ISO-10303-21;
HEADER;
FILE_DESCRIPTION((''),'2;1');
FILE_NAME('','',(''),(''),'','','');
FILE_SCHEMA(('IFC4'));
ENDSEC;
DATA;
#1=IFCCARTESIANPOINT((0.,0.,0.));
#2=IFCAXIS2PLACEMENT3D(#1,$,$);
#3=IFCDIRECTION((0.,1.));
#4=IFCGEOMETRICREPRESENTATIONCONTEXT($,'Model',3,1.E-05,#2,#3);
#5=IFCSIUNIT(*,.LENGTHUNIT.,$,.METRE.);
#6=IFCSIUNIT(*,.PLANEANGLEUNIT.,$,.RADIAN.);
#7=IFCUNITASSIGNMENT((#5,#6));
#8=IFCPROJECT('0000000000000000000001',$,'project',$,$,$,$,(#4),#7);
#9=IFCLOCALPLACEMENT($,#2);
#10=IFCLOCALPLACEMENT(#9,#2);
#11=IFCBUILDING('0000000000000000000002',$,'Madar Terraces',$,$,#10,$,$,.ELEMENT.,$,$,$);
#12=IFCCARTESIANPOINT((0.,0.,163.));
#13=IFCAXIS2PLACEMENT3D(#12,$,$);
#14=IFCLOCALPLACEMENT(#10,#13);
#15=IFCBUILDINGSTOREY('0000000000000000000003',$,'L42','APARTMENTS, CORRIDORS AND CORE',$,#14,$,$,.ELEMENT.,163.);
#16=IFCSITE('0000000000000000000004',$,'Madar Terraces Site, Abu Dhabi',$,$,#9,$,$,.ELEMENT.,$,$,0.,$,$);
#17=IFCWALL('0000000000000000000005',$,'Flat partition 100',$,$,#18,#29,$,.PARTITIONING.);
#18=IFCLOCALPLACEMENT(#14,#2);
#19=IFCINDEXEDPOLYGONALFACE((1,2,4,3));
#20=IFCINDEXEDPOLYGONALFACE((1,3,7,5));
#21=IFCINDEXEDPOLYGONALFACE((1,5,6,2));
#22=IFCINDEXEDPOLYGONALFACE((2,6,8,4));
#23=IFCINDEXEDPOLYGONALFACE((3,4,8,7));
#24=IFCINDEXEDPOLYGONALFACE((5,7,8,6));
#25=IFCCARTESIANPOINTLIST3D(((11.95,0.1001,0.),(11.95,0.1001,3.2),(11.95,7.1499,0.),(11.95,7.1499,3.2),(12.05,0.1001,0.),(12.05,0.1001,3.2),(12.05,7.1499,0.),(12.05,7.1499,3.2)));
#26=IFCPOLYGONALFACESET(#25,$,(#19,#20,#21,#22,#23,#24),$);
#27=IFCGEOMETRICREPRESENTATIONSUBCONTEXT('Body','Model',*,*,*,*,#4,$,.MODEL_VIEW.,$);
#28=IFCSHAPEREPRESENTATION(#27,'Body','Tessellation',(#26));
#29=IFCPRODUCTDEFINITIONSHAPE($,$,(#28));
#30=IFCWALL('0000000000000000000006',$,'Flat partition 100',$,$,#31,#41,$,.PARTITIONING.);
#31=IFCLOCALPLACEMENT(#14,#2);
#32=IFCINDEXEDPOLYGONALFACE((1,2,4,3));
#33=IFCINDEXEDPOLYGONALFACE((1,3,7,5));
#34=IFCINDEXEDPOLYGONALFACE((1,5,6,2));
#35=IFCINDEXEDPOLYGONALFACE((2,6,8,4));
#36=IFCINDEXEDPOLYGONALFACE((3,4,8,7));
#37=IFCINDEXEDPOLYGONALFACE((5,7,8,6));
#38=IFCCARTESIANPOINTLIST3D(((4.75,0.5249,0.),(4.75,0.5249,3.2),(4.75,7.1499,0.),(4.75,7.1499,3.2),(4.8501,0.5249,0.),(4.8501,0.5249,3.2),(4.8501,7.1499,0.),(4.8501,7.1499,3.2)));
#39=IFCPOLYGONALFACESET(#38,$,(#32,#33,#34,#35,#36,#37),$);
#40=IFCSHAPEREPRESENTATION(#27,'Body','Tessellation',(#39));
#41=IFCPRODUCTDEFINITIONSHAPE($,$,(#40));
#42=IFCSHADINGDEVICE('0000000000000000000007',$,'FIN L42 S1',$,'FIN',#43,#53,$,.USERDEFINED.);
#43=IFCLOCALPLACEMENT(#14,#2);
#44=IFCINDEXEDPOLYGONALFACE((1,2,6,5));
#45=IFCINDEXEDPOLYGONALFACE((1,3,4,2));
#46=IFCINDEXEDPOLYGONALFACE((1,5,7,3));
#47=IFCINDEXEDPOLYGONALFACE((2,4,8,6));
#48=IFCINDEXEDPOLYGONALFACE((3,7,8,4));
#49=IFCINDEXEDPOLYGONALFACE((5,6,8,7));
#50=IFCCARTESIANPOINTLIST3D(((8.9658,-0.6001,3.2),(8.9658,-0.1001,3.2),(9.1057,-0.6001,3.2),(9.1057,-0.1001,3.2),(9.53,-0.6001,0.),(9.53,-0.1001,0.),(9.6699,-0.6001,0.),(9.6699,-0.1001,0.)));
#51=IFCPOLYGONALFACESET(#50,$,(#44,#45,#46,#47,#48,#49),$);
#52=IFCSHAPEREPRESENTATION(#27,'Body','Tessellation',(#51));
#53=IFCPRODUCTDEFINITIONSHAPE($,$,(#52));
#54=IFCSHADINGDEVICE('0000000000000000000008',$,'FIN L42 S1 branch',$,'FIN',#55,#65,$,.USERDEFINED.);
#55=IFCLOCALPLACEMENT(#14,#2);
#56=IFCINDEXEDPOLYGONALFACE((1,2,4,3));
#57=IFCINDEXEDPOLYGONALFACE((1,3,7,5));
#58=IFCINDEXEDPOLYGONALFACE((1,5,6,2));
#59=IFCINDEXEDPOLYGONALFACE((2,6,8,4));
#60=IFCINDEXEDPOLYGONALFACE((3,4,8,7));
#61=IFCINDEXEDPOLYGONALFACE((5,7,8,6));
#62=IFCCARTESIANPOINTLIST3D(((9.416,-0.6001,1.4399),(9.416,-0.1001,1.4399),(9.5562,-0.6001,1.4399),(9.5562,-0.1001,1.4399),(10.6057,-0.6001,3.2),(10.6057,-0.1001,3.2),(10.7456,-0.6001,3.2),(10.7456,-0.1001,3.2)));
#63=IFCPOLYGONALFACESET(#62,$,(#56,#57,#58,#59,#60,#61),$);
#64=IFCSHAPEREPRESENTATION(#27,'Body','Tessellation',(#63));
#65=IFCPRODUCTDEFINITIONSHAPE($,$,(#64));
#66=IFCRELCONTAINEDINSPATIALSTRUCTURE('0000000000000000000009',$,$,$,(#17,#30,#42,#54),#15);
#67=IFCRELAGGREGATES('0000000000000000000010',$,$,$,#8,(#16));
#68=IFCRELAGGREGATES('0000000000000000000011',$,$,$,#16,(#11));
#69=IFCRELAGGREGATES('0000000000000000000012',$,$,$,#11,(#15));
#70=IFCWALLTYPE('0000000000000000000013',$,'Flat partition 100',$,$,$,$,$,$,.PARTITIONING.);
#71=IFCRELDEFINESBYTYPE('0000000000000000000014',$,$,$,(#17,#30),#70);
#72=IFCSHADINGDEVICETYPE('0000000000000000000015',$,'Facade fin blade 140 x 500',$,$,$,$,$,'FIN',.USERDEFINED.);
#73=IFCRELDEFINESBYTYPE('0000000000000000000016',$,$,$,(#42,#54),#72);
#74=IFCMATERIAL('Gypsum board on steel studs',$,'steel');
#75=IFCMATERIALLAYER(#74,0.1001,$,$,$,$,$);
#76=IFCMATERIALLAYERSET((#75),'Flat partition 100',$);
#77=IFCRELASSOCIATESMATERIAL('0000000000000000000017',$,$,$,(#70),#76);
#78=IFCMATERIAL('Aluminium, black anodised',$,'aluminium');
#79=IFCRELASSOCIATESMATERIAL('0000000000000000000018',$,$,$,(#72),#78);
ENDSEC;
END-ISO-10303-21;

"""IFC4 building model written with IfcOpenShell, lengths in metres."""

from ifc_helpers import new_model, si_unit, direction, frame, frame_2d, origin, place, context, subcontext, project, spatial, polyline, rectangle, outline, extrude, material, layer, layer_set, type_object, element, save


model = new_model("IFC4")

# Units and contexts
model_context = context("Model", 3, precision=1e-05, world=origin(), true_north=direction((0.0, 1.0)))
body_context = subcontext(model_context, "Body", "Model", "MODEL_VIEW")
ifc_project = project(units=[si_unit("LENGTHUNIT", "METRE"), si_unit("PLANEANGLEUNIT", "RADIAN")], contexts=[model_context])

# Site, building, storey
site_placement = place(None, origin())
site = spatial("IfcSite", under=ifc_project, at=site_placement, Name="Madar Terraces Site, Abu Dhabi", CompositionType="ELEMENT", RefElevation=0.0)
building_placement = place(site_placement, origin())
building = spatial("IfcBuilding", under=site, at=building_placement, Name="Madar Terraces", CompositionType="ELEMENT")
storey_placement = place(building_placement, frame((0.0, 0.0, 163.0)))
storey = spatial("IfcBuildingStorey", under=building, at=storey_placement, Name="L42", Description="APARTMENTS, CORRIDORS AND CORE", CompositionType="ELEMENT", Elevation=163.0)

# Walls
ifc_material_1 = material(Name="Gypsum board on steel studs", Category="steel")
ifc_layer_1 = layer(ifc_material_1, 0.1001)
ifc_layer_set_1 = layer_set([ifc_layer_1], Name="Flat partition 100")
wall_type_1 = type_object("IfcWallType", Name="Flat partition 100", PredefinedType="PARTITIONING", material=ifc_layer_set_1)
wall_1_placement = place(storey_placement, frame((12.0, 7.1499, 0.0), z_axis=(0.0, 0.0, 1.0), x_axis=(0.0, -1.0, 0.0)))
element("IfcWall", 1, at=wall_1_placement, inside=storey, type_object=wall_type_1, Name="Flat partition 100", PredefinedType="PARTITIONING", context=body_context, shape_type="SweptSolid", body=[
    extrude(rectangle(XDim=7.0498, YDim=0.1001, at=frame_2d((3.5249, 0.0))), origin(), (0.0, 0.0, 1.0), 3.2),
])
wall_2_placement = place(storey_placement, frame((4.8, 7.1499, 0.0), z_axis=(0.0, 0.0, 1.0), x_axis=(0.0, -1.0, 0.0)))
element("IfcWall", 2, at=wall_2_placement, inside=storey, type_object=wall_type_1, Name="Flat partition 100", PredefinedType="PARTITIONING", context=body_context, shape_type="SweptSolid", body=[
    extrude(rectangle(XDim=6.625, YDim=0.1001, at=frame_2d((3.3125, 0.0))), origin(), (0.0, 0.0, 1.0), 3.2),
])

# Shading devices
ifc_material_2 = material(Name="Aluminium, black anodised", Category="aluminium")
shading_device_type = type_object("IfcShadingDeviceType", Name="Facade fin blade 140 x 500", ElementType="FIN", PredefinedType="USERDEFINED", material=ifc_material_2)
shading_device_1_placement = place(storey_placement, frame((9.53, -0.3501, 0.0), z_axis=(0.0, 0.0, 1.0), x_axis=(1.0, 0.0, 0.0)))
element("IfcShadingDevice", 3, at=shading_device_1_placement, inside=storey, type_object=shading_device_type, Name="FIN L42 S1", ObjectType="FIN", PredefinedType="USERDEFINED", context=body_context, shape_type="SweptSolid", body=[
    extrude(outline(polyline([(0.0, 0.0), (0.1399, 0.0), (-0.4243, 3.2), (-0.5642, 3.2), (0.0, 0.0)])), frame((0.0, 0.25, 0.0), z_axis=(0.0, -1.0, 0.0), x_axis=(1.0, 0.0, 0.0)), (0.0, 0.0, 1.0), 0.5),
])
shading_device_2_placement = place(storey_placement, frame((9.416, -0.3501, 1.4399), z_axis=(0.0, 0.0, 1.0), x_axis=(1.0, 0.0, 0.0)))
element("IfcShadingDevice", 4, at=shading_device_2_placement, inside=storey, type_object=shading_device_type, Name="FIN L42 S1 branch", ObjectType="FIN", PredefinedType="USERDEFINED", context=body_context, shape_type="SweptSolid", body=[
    extrude(outline(polyline([(0.0, 0.0), (0.1401, 0.0), (1.3296, 1.76), (1.1897, 1.76), (0.0, 0.0)])), frame((0.0, 0.25, 0.0), z_axis=(0.0, -1.0, 0.0), x_axis=(1.0, 0.0, 0.0)), (0.0, 0.0, 1.0), 0.5),
])

save(model, "model.ifc")
